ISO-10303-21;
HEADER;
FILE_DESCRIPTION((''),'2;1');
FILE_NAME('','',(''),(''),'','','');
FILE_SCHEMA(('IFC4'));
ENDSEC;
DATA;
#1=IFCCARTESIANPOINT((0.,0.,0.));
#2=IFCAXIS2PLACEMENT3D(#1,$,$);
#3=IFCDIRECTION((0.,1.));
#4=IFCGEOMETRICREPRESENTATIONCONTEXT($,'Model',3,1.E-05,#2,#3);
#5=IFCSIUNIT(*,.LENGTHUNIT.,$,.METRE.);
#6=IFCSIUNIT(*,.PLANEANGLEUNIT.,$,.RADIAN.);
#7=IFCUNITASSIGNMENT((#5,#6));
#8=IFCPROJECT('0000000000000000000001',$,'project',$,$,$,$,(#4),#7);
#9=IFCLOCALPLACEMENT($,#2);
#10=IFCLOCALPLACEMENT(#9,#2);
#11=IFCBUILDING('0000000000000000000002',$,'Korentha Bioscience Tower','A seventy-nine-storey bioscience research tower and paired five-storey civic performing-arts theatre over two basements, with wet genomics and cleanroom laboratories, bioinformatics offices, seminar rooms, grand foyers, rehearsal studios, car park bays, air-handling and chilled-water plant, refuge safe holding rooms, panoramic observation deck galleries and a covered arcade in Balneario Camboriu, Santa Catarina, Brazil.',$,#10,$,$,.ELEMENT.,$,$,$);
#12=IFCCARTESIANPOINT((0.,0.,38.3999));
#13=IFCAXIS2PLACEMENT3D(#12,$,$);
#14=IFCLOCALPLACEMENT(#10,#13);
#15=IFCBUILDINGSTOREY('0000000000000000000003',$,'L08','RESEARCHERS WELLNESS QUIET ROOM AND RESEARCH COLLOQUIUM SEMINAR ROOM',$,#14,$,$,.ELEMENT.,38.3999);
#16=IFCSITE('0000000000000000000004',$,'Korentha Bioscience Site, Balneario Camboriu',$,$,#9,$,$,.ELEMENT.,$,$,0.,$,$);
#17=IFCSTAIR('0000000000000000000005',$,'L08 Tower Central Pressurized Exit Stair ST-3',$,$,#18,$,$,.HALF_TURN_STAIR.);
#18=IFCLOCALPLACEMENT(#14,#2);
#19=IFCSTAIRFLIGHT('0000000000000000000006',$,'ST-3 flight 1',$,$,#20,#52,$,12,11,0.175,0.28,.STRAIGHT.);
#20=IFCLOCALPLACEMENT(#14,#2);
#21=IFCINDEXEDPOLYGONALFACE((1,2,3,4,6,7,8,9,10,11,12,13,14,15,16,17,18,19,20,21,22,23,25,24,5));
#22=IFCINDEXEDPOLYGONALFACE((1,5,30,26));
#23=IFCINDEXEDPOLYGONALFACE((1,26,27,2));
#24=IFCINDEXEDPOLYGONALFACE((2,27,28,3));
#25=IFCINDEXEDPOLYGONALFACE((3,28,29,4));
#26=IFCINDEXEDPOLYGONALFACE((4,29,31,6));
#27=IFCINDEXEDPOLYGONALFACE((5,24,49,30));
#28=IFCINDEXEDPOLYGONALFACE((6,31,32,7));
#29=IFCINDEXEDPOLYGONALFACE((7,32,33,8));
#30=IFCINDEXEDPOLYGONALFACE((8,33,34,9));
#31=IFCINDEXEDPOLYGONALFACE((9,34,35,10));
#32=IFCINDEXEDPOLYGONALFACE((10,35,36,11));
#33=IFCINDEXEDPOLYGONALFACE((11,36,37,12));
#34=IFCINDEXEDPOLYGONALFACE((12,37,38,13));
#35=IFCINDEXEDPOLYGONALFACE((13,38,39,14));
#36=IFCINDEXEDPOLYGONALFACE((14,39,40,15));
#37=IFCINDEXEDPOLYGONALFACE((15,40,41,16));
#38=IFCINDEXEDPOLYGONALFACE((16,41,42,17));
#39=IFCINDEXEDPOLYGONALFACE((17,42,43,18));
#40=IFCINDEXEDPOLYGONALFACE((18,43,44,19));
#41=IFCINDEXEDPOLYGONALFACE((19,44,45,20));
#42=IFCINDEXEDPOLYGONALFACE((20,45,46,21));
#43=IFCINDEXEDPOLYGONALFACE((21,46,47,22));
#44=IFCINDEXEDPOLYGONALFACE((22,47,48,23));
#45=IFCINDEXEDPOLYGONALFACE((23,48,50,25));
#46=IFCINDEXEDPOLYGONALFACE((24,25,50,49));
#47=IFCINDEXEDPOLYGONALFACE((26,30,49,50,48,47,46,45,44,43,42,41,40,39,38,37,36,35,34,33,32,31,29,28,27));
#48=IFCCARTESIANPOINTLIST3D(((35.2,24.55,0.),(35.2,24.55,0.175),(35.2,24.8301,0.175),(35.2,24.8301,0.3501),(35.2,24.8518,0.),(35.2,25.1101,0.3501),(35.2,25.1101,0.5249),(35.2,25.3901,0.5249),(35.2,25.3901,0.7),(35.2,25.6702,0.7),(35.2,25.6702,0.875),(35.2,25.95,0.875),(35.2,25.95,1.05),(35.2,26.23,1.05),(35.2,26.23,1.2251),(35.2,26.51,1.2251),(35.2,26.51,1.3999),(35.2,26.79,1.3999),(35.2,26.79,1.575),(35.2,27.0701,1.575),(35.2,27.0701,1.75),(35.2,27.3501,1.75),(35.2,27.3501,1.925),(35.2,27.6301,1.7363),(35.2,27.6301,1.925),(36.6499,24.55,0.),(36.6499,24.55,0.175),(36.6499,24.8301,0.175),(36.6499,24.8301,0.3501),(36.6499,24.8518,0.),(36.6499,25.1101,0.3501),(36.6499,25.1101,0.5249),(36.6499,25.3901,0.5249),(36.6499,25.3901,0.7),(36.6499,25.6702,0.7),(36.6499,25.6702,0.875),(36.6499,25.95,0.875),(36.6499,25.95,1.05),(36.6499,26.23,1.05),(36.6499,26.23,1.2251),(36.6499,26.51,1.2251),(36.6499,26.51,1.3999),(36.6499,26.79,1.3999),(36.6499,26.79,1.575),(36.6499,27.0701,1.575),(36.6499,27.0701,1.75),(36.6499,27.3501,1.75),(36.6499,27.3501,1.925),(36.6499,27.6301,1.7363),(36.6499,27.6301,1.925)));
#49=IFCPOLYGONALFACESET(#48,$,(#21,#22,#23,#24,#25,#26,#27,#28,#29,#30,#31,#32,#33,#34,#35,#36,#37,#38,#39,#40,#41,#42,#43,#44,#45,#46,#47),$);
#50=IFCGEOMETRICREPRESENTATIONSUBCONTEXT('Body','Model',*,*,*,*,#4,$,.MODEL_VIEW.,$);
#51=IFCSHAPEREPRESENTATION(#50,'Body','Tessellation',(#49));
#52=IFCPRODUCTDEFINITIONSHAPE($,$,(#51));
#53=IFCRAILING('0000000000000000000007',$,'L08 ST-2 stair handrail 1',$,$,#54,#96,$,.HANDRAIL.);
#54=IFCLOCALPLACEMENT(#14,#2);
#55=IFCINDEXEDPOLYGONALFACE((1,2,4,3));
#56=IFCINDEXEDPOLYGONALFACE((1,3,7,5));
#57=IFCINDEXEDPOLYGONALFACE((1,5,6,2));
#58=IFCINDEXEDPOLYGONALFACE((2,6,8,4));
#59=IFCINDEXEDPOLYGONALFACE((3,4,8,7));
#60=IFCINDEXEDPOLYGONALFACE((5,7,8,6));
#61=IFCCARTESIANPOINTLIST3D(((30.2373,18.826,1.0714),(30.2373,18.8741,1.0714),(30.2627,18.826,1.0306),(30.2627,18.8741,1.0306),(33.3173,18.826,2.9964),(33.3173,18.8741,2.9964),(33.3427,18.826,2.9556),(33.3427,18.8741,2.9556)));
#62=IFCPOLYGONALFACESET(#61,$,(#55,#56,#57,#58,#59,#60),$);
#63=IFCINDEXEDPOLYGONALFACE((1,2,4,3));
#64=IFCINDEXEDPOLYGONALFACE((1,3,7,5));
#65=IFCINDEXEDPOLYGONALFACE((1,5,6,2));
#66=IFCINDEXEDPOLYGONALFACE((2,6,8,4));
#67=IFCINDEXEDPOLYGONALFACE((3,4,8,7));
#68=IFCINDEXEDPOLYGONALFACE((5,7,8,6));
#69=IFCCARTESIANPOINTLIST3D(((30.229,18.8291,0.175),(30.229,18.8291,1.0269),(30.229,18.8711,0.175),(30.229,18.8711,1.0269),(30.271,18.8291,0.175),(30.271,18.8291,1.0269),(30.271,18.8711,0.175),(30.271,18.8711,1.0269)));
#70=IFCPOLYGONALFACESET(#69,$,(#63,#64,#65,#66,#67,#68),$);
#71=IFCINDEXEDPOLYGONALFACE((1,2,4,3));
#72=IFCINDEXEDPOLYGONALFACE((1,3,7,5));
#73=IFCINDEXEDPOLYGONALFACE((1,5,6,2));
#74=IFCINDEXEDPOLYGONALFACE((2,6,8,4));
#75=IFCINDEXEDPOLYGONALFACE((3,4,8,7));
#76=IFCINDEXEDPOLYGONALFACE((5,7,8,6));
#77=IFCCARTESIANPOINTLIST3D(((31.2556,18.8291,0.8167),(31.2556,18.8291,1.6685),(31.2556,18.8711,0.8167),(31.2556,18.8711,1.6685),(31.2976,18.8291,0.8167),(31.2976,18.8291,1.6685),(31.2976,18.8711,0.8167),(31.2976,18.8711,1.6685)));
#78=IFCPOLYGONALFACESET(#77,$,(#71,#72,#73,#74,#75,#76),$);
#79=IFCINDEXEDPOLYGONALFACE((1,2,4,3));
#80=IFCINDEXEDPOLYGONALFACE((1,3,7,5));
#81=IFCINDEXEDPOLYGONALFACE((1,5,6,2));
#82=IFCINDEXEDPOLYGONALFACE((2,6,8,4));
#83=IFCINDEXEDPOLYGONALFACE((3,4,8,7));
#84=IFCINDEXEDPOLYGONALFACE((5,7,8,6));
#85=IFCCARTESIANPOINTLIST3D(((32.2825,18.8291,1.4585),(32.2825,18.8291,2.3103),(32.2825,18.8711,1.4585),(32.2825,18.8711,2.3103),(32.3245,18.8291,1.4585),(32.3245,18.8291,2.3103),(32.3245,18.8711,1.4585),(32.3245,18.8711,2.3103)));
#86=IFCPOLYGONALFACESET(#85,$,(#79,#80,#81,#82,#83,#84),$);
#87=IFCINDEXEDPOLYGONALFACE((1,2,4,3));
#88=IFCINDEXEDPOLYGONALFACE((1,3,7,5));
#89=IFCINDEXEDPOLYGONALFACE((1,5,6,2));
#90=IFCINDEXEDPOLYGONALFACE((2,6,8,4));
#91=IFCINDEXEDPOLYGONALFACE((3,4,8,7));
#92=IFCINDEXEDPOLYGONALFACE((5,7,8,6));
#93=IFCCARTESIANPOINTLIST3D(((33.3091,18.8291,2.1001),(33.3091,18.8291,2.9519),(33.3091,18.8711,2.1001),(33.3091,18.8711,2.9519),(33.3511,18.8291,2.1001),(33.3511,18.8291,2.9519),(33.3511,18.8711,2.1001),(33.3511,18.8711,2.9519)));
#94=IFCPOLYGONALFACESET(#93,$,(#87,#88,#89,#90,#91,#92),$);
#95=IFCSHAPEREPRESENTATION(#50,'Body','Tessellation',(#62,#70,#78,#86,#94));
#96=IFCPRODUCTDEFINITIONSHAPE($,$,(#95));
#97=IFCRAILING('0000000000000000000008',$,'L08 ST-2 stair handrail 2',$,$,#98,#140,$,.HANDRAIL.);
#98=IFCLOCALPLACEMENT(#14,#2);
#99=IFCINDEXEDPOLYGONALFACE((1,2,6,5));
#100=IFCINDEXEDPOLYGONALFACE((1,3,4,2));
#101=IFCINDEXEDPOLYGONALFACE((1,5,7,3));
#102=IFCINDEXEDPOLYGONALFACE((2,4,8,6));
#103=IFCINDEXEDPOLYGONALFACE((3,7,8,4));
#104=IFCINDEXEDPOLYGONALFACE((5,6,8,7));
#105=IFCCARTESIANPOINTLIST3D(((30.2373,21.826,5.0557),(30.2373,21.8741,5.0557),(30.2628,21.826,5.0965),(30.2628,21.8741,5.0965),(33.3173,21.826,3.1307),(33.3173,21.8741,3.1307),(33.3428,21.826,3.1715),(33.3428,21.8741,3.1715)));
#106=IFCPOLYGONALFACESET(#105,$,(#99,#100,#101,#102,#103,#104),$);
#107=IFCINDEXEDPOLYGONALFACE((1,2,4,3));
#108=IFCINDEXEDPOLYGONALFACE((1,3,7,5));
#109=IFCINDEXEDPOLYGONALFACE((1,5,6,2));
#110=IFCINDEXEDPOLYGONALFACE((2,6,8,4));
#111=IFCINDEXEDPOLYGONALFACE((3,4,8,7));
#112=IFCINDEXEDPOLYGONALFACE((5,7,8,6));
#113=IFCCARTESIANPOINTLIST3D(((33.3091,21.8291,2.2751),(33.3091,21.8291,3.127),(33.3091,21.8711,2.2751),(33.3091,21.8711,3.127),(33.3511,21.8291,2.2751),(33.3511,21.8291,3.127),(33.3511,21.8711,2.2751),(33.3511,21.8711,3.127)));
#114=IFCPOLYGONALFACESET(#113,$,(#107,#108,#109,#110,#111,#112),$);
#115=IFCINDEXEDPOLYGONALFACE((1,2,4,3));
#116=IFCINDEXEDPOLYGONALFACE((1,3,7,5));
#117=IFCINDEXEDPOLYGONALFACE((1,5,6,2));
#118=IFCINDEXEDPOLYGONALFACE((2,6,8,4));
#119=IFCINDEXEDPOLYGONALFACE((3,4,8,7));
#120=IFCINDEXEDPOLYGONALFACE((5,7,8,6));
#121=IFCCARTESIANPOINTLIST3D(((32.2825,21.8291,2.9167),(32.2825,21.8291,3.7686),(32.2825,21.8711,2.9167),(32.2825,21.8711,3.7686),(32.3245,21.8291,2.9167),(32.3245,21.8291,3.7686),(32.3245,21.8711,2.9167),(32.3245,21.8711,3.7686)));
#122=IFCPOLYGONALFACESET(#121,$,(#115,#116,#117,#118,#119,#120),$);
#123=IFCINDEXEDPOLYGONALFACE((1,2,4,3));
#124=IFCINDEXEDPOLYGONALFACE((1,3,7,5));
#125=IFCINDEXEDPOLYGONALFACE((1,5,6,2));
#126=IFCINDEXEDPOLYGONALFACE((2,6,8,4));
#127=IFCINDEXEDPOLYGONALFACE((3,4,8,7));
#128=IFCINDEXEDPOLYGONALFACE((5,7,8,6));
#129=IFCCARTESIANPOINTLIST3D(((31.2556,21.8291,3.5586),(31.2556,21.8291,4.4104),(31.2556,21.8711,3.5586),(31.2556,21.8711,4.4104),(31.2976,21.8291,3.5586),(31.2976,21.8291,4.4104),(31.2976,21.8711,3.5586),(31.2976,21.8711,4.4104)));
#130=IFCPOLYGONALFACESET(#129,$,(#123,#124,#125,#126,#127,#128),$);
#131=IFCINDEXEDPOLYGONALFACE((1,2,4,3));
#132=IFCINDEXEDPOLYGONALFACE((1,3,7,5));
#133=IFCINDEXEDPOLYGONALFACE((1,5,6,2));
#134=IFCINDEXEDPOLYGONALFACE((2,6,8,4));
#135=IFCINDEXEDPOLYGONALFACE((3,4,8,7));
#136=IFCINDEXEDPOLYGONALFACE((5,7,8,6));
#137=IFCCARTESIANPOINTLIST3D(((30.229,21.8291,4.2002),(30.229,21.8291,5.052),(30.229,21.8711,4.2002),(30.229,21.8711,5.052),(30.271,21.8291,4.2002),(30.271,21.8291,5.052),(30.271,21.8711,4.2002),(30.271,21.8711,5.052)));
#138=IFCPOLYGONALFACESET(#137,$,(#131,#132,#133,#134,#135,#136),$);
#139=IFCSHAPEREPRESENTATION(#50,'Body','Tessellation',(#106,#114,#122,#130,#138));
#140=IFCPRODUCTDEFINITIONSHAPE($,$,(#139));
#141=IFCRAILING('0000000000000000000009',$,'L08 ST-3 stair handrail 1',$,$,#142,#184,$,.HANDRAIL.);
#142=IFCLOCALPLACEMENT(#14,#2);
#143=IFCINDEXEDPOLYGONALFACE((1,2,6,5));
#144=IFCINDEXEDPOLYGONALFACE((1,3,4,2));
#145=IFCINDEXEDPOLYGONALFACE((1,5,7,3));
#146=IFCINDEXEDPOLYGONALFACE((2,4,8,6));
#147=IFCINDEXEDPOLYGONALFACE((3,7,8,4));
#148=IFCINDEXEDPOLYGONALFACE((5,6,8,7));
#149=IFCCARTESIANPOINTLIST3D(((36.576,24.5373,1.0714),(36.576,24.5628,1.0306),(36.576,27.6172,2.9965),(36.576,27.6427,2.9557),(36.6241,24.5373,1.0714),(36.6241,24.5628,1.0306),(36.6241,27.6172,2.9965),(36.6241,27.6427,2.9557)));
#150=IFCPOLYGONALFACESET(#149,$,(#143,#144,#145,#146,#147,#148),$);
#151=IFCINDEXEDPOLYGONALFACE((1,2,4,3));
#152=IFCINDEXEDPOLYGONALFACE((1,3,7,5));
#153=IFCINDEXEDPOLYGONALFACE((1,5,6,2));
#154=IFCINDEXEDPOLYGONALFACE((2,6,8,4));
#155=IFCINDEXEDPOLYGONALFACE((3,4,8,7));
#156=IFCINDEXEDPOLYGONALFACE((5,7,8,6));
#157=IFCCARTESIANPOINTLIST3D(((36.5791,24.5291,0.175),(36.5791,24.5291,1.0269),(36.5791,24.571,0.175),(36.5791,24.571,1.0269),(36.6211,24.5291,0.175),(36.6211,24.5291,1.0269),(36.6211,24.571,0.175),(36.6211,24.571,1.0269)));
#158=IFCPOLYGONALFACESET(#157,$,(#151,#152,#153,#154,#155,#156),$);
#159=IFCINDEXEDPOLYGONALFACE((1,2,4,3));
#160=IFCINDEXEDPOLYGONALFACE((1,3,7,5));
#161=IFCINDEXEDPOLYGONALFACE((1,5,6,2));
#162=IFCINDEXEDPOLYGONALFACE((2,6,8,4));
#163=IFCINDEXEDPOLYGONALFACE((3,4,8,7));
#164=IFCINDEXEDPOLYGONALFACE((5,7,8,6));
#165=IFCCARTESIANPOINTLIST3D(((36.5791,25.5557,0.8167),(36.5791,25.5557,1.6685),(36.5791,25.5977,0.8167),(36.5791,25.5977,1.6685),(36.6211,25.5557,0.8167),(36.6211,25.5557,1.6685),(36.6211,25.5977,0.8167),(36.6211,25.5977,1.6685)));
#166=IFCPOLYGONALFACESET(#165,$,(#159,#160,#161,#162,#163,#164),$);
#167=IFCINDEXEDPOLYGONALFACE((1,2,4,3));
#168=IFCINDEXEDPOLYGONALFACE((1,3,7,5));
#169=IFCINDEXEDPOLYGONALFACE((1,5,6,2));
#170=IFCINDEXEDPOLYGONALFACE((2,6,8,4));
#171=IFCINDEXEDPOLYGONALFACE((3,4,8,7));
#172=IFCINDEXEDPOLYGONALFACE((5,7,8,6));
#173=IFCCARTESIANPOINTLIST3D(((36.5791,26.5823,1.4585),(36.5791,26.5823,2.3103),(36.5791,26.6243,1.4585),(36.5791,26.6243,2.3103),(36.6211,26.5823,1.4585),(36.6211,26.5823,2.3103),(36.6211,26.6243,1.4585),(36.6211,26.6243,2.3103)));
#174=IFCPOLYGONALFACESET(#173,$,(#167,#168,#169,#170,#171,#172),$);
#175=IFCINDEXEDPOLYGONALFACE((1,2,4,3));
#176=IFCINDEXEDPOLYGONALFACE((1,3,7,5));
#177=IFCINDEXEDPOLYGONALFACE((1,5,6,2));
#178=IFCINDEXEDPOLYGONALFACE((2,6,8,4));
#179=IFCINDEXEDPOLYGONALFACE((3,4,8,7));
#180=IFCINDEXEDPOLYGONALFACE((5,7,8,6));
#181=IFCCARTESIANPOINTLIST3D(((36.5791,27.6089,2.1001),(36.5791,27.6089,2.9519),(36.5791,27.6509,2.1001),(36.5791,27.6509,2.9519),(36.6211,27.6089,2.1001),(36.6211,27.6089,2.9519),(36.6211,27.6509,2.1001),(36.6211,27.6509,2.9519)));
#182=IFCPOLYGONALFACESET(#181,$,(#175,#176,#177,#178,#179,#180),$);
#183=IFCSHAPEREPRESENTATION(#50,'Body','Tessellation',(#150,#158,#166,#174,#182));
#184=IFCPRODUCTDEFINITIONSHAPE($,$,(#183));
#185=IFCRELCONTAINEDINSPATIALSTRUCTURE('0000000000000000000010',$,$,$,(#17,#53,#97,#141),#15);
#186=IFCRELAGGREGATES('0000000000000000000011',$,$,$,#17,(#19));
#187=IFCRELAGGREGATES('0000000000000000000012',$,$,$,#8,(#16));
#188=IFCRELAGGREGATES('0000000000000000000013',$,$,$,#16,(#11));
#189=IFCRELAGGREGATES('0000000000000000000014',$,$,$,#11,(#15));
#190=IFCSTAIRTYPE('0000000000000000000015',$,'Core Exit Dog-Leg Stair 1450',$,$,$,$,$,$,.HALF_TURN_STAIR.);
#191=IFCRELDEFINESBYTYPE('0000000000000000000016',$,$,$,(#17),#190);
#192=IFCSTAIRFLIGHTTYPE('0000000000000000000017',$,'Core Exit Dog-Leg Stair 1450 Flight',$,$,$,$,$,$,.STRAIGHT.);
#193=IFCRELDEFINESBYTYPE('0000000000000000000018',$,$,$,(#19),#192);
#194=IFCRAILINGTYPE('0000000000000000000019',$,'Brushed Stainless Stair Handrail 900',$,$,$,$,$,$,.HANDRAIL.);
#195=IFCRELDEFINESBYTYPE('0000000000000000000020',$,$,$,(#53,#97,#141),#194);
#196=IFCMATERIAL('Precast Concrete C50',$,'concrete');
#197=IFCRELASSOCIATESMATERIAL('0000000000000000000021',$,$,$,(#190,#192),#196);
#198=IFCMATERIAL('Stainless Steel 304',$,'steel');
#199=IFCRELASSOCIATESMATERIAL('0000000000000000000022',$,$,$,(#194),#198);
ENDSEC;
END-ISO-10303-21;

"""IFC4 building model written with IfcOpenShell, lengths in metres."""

from ifc_helpers import new_model, si_unit, direction, frame, origin, origin_2d, place, context, subcontext, project, spatial, polyline, rectangle, outline, extrude, material, type_object, element, aggregate, save


model = new_model("IFC4")

# Units and contexts
model_context = context("Model", 3, precision=1e-05, world=origin(), true_north=direction((0.0, 1.0)))
body_context = subcontext(model_context, "Body", "Model", "MODEL_VIEW")
ifc_project = project(units=[si_unit("LENGTHUNIT", "METRE"), si_unit("PLANEANGLEUNIT", "RADIAN")], contexts=[model_context])

# Site, building, storey
site_placement = place(None, origin())
site = spatial("IfcSite", under=ifc_project, at=site_placement, Name="Korentha Bioscience Site, Balneario Camboriu", CompositionType="ELEMENT", RefElevation=0.0)
building_placement = place(site_placement, origin())
building = spatial("IfcBuilding", under=site, at=building_placement, Name="Korentha Bioscience Tower", Description="A seventy-nine-storey bioscience research tower and paired five-storey civic performing-arts theatre over two basements, with wet genomics and cleanroom laboratories, bioinformatics offices, seminar rooms, grand foyers, rehearsal studios, car park bays, air-handling and chilled-water plant, refuge safe holding rooms, panoramic observation deck galleries and a covered arcade in Balneario Camboriu, Santa Catarina, Brazil.", CompositionType="ELEMENT")
storey_placement = place(building_placement, frame((0.0, 0.0, 38.3999)))
storey = spatial("IfcBuildingStorey", under=building, at=storey_placement, Name="L08", Description="RESEARCHERS WELLNESS QUIET ROOM AND RESEARCH COLLOQUIUM SEMINAR ROOM", CompositionType="ELEMENT", Elevation=38.3999)

# Shared definitions
ifc_material_1 = material(Name="Precast Concrete C50", Category="concrete")
stair_type = type_object("IfcStairType", Name="Core Exit Dog-Leg Stair 1450", PredefinedType="HALF_TURN_STAIR", material=ifc_material_1)
stair_flight_type = type_object("IfcStairFlightType", Name="Core Exit Dog-Leg Stair 1450 Flight", PredefinedType="STRAIGHT", material=ifc_material_1)

# Stair, stair flight
stair_1_placement = place(storey_placement, origin())
stair_1 = element("IfcStair", 1, at=stair_1_placement, inside=storey, type_object=stair_type, Name="L08 Tower Central Pressurized Exit Stair ST-3", PredefinedType="HALF_TURN_STAIR")
stair_flight_1_placement = place(storey_placement, frame((35.925, 24.55, 0.0), z_axis=(0.0, 0.0, 1.0), x_axis=(0.0, 1.0, 0.0)))
stair_flight_1 = element("IfcStairFlight", 2, at=stair_flight_1_placement, type_object=stair_flight_type, Name="ST-3 flight 1", NumberOfRisers=12, NumberOfTreads=11, PredefinedType="STRAIGHT", RiserHeight=0.175, TreadLength=0.28, context=body_context, shape_type="SweptSolid", body=[
    extrude(outline(polyline([(0.0, 0.0), (0.0, 0.175), (0.28, 0.175), (0.28, 0.3501), (0.5601, 0.3501), (0.5601, 0.5249), (0.8401, 0.5249), (0.8401, 0.7), (1.1201, 0.7), (1.1201, 0.875), (1.3999, 0.875), (1.3999, 1.05), (1.6799, 1.05), (1.6799, 1.2251), (1.96, 1.2251), (1.96, 1.3999), (2.24, 1.3999), (2.24, 1.575), (2.52, 1.575), (2.52, 1.75), (2.8, 1.75), (2.8, 1.925), (3.0801, 1.925), (3.0801, 2.1001), (3.0801, 1.7363), (0.3018, 0.0), (0.0, 0.0)])), frame((0.0, 0.7251, 0.0), z_axis=(0.0, -1.0, 0.0), x_axis=(1.0, 0.0, 0.0)), (0.0, 0.0, 1.0), 1.45),
])
aggregate(stair_1, [stair_flight_1])

# Railings
ifc_material_2 = material(Name="Stainless Steel 304", Category="steel")
railing_type_1 = type_object("IfcRailingType", Name="Brushed Stainless Stair Handrail 900", PredefinedType="HANDRAIL", material=ifc_material_2)
railing_1_placement = place(storey_placement, frame((30.25, 18.8501, 0.175)))
element("IfcRailing", 3, at=railing_1_placement, inside=storey, type_object=railing_type_1, Name="L08 ST-2 stair handrail 1", PredefinedType="HANDRAIL", context=body_context, shape_type="SweptSolid", body=[
    extrude(rectangle(XDim=0.0481, YDim=0.0481, at=origin_2d()), frame((0.0, 0.0, 0.876), z_axis=(0.847998, 0.0, 0.529999), x_axis=(0.0, 1.0, 0.0)), (0.0, 0.0, 1.0), 3.6321),
    extrude(rectangle(XDim=0.042, YDim=0.042, at=origin_2d()), origin(), (0.0, 0.0, 1.0), 0.8518),
    extrude(rectangle(XDim=0.042, YDim=0.042, at=origin_2d()), frame((1.0266, 0.0, 0.6416)), (0.0, 0.0, 1.0), 0.8518),
    extrude(rectangle(XDim=0.042, YDim=0.042, at=origin_2d()), frame((2.0535, 0.0, 1.2834)), (0.0, 0.0, 1.0), 0.8518),
    extrude(rectangle(XDim=0.042, YDim=0.042, at=origin_2d()), frame((3.0801, 0.0, 1.925)), (0.0, 0.0, 1.0), 0.8518),
])
railing_2_placement = place(storey_placement, frame((33.3301, 21.8501, 2.2751)))
element("IfcRailing", 4, at=railing_2_placement, inside=storey, type_object=railing_type_1, Name="L08 ST-2 stair handrail 2", PredefinedType="HANDRAIL", context=body_context, shape_type="SweptSolid", body=[
    extrude(rectangle(XDim=0.0481, YDim=0.0481, at=origin_2d()), frame((0.0, 0.0, 0.876), z_axis=(-0.847998, 0.0, 0.529999), x_axis=(0.0, -1.0, 0.0)), (0.0, 0.0, 1.0), 3.6321),
    extrude(rectangle(XDim=0.042, YDim=0.042, at=origin_2d()), origin(), (0.0, 0.0, 1.0), 0.8518),
    extrude(rectangle(XDim=0.042, YDim=0.042, at=origin_2d()), frame((-1.0266, 0.0, 0.6416)), (0.0, 0.0, 1.0), 0.8518),
    extrude(rectangle(XDim=0.042, YDim=0.042, at=origin_2d()), frame((-2.0535, 0.0, 1.2834)), (0.0, 0.0, 1.0), 0.8518),
    extrude(rectangle(XDim=0.042, YDim=0.042, at=origin_2d()), frame((-3.0801, 0.0, 1.925)), (0.0, 0.0, 1.0), 0.8518),
])
railing_3_placement = place(storey_placement, frame((36.6001, 24.55, 0.175)))
element("IfcRailing", 5, at=railing_3_placement, inside=storey, type_object=railing_type_1, Name="L08 ST-3 stair handrail 1", PredefinedType="HANDRAIL", context=body_context, shape_type="SweptSolid", body=[
    extrude(rectangle(XDim=0.0481, YDim=0.0481, at=origin_2d()), frame((0.0, 0.0, 0.876), z_axis=(0.0, 0.847979, 0.530029), x_axis=(-1.0, 0.0, 0.0)), (0.0, 0.0, 1.0), 3.6321),
    extrude(rectangle(XDim=0.042, YDim=0.042, at=origin_2d()), origin(), (0.0, 0.0, 1.0), 0.8518),
    extrude(rectangle(XDim=0.042, YDim=0.042, at=origin_2d()), frame((0.0, 1.0266, 0.6416)), (0.0, 0.0, 1.0), 0.8518),
    extrude(rectangle(XDim=0.042, YDim=0.042, at=origin_2d()), frame((0.0, 2.0532, 1.2834)), (0.0, 0.0, 1.0), 0.8518),
    extrude(rectangle(XDim=0.042, YDim=0.042, at=origin_2d()), frame((0.0, 3.0798, 1.925)), (0.0, 0.0, 1.0), 0.8518),
])

save(model, "model.ifc")
